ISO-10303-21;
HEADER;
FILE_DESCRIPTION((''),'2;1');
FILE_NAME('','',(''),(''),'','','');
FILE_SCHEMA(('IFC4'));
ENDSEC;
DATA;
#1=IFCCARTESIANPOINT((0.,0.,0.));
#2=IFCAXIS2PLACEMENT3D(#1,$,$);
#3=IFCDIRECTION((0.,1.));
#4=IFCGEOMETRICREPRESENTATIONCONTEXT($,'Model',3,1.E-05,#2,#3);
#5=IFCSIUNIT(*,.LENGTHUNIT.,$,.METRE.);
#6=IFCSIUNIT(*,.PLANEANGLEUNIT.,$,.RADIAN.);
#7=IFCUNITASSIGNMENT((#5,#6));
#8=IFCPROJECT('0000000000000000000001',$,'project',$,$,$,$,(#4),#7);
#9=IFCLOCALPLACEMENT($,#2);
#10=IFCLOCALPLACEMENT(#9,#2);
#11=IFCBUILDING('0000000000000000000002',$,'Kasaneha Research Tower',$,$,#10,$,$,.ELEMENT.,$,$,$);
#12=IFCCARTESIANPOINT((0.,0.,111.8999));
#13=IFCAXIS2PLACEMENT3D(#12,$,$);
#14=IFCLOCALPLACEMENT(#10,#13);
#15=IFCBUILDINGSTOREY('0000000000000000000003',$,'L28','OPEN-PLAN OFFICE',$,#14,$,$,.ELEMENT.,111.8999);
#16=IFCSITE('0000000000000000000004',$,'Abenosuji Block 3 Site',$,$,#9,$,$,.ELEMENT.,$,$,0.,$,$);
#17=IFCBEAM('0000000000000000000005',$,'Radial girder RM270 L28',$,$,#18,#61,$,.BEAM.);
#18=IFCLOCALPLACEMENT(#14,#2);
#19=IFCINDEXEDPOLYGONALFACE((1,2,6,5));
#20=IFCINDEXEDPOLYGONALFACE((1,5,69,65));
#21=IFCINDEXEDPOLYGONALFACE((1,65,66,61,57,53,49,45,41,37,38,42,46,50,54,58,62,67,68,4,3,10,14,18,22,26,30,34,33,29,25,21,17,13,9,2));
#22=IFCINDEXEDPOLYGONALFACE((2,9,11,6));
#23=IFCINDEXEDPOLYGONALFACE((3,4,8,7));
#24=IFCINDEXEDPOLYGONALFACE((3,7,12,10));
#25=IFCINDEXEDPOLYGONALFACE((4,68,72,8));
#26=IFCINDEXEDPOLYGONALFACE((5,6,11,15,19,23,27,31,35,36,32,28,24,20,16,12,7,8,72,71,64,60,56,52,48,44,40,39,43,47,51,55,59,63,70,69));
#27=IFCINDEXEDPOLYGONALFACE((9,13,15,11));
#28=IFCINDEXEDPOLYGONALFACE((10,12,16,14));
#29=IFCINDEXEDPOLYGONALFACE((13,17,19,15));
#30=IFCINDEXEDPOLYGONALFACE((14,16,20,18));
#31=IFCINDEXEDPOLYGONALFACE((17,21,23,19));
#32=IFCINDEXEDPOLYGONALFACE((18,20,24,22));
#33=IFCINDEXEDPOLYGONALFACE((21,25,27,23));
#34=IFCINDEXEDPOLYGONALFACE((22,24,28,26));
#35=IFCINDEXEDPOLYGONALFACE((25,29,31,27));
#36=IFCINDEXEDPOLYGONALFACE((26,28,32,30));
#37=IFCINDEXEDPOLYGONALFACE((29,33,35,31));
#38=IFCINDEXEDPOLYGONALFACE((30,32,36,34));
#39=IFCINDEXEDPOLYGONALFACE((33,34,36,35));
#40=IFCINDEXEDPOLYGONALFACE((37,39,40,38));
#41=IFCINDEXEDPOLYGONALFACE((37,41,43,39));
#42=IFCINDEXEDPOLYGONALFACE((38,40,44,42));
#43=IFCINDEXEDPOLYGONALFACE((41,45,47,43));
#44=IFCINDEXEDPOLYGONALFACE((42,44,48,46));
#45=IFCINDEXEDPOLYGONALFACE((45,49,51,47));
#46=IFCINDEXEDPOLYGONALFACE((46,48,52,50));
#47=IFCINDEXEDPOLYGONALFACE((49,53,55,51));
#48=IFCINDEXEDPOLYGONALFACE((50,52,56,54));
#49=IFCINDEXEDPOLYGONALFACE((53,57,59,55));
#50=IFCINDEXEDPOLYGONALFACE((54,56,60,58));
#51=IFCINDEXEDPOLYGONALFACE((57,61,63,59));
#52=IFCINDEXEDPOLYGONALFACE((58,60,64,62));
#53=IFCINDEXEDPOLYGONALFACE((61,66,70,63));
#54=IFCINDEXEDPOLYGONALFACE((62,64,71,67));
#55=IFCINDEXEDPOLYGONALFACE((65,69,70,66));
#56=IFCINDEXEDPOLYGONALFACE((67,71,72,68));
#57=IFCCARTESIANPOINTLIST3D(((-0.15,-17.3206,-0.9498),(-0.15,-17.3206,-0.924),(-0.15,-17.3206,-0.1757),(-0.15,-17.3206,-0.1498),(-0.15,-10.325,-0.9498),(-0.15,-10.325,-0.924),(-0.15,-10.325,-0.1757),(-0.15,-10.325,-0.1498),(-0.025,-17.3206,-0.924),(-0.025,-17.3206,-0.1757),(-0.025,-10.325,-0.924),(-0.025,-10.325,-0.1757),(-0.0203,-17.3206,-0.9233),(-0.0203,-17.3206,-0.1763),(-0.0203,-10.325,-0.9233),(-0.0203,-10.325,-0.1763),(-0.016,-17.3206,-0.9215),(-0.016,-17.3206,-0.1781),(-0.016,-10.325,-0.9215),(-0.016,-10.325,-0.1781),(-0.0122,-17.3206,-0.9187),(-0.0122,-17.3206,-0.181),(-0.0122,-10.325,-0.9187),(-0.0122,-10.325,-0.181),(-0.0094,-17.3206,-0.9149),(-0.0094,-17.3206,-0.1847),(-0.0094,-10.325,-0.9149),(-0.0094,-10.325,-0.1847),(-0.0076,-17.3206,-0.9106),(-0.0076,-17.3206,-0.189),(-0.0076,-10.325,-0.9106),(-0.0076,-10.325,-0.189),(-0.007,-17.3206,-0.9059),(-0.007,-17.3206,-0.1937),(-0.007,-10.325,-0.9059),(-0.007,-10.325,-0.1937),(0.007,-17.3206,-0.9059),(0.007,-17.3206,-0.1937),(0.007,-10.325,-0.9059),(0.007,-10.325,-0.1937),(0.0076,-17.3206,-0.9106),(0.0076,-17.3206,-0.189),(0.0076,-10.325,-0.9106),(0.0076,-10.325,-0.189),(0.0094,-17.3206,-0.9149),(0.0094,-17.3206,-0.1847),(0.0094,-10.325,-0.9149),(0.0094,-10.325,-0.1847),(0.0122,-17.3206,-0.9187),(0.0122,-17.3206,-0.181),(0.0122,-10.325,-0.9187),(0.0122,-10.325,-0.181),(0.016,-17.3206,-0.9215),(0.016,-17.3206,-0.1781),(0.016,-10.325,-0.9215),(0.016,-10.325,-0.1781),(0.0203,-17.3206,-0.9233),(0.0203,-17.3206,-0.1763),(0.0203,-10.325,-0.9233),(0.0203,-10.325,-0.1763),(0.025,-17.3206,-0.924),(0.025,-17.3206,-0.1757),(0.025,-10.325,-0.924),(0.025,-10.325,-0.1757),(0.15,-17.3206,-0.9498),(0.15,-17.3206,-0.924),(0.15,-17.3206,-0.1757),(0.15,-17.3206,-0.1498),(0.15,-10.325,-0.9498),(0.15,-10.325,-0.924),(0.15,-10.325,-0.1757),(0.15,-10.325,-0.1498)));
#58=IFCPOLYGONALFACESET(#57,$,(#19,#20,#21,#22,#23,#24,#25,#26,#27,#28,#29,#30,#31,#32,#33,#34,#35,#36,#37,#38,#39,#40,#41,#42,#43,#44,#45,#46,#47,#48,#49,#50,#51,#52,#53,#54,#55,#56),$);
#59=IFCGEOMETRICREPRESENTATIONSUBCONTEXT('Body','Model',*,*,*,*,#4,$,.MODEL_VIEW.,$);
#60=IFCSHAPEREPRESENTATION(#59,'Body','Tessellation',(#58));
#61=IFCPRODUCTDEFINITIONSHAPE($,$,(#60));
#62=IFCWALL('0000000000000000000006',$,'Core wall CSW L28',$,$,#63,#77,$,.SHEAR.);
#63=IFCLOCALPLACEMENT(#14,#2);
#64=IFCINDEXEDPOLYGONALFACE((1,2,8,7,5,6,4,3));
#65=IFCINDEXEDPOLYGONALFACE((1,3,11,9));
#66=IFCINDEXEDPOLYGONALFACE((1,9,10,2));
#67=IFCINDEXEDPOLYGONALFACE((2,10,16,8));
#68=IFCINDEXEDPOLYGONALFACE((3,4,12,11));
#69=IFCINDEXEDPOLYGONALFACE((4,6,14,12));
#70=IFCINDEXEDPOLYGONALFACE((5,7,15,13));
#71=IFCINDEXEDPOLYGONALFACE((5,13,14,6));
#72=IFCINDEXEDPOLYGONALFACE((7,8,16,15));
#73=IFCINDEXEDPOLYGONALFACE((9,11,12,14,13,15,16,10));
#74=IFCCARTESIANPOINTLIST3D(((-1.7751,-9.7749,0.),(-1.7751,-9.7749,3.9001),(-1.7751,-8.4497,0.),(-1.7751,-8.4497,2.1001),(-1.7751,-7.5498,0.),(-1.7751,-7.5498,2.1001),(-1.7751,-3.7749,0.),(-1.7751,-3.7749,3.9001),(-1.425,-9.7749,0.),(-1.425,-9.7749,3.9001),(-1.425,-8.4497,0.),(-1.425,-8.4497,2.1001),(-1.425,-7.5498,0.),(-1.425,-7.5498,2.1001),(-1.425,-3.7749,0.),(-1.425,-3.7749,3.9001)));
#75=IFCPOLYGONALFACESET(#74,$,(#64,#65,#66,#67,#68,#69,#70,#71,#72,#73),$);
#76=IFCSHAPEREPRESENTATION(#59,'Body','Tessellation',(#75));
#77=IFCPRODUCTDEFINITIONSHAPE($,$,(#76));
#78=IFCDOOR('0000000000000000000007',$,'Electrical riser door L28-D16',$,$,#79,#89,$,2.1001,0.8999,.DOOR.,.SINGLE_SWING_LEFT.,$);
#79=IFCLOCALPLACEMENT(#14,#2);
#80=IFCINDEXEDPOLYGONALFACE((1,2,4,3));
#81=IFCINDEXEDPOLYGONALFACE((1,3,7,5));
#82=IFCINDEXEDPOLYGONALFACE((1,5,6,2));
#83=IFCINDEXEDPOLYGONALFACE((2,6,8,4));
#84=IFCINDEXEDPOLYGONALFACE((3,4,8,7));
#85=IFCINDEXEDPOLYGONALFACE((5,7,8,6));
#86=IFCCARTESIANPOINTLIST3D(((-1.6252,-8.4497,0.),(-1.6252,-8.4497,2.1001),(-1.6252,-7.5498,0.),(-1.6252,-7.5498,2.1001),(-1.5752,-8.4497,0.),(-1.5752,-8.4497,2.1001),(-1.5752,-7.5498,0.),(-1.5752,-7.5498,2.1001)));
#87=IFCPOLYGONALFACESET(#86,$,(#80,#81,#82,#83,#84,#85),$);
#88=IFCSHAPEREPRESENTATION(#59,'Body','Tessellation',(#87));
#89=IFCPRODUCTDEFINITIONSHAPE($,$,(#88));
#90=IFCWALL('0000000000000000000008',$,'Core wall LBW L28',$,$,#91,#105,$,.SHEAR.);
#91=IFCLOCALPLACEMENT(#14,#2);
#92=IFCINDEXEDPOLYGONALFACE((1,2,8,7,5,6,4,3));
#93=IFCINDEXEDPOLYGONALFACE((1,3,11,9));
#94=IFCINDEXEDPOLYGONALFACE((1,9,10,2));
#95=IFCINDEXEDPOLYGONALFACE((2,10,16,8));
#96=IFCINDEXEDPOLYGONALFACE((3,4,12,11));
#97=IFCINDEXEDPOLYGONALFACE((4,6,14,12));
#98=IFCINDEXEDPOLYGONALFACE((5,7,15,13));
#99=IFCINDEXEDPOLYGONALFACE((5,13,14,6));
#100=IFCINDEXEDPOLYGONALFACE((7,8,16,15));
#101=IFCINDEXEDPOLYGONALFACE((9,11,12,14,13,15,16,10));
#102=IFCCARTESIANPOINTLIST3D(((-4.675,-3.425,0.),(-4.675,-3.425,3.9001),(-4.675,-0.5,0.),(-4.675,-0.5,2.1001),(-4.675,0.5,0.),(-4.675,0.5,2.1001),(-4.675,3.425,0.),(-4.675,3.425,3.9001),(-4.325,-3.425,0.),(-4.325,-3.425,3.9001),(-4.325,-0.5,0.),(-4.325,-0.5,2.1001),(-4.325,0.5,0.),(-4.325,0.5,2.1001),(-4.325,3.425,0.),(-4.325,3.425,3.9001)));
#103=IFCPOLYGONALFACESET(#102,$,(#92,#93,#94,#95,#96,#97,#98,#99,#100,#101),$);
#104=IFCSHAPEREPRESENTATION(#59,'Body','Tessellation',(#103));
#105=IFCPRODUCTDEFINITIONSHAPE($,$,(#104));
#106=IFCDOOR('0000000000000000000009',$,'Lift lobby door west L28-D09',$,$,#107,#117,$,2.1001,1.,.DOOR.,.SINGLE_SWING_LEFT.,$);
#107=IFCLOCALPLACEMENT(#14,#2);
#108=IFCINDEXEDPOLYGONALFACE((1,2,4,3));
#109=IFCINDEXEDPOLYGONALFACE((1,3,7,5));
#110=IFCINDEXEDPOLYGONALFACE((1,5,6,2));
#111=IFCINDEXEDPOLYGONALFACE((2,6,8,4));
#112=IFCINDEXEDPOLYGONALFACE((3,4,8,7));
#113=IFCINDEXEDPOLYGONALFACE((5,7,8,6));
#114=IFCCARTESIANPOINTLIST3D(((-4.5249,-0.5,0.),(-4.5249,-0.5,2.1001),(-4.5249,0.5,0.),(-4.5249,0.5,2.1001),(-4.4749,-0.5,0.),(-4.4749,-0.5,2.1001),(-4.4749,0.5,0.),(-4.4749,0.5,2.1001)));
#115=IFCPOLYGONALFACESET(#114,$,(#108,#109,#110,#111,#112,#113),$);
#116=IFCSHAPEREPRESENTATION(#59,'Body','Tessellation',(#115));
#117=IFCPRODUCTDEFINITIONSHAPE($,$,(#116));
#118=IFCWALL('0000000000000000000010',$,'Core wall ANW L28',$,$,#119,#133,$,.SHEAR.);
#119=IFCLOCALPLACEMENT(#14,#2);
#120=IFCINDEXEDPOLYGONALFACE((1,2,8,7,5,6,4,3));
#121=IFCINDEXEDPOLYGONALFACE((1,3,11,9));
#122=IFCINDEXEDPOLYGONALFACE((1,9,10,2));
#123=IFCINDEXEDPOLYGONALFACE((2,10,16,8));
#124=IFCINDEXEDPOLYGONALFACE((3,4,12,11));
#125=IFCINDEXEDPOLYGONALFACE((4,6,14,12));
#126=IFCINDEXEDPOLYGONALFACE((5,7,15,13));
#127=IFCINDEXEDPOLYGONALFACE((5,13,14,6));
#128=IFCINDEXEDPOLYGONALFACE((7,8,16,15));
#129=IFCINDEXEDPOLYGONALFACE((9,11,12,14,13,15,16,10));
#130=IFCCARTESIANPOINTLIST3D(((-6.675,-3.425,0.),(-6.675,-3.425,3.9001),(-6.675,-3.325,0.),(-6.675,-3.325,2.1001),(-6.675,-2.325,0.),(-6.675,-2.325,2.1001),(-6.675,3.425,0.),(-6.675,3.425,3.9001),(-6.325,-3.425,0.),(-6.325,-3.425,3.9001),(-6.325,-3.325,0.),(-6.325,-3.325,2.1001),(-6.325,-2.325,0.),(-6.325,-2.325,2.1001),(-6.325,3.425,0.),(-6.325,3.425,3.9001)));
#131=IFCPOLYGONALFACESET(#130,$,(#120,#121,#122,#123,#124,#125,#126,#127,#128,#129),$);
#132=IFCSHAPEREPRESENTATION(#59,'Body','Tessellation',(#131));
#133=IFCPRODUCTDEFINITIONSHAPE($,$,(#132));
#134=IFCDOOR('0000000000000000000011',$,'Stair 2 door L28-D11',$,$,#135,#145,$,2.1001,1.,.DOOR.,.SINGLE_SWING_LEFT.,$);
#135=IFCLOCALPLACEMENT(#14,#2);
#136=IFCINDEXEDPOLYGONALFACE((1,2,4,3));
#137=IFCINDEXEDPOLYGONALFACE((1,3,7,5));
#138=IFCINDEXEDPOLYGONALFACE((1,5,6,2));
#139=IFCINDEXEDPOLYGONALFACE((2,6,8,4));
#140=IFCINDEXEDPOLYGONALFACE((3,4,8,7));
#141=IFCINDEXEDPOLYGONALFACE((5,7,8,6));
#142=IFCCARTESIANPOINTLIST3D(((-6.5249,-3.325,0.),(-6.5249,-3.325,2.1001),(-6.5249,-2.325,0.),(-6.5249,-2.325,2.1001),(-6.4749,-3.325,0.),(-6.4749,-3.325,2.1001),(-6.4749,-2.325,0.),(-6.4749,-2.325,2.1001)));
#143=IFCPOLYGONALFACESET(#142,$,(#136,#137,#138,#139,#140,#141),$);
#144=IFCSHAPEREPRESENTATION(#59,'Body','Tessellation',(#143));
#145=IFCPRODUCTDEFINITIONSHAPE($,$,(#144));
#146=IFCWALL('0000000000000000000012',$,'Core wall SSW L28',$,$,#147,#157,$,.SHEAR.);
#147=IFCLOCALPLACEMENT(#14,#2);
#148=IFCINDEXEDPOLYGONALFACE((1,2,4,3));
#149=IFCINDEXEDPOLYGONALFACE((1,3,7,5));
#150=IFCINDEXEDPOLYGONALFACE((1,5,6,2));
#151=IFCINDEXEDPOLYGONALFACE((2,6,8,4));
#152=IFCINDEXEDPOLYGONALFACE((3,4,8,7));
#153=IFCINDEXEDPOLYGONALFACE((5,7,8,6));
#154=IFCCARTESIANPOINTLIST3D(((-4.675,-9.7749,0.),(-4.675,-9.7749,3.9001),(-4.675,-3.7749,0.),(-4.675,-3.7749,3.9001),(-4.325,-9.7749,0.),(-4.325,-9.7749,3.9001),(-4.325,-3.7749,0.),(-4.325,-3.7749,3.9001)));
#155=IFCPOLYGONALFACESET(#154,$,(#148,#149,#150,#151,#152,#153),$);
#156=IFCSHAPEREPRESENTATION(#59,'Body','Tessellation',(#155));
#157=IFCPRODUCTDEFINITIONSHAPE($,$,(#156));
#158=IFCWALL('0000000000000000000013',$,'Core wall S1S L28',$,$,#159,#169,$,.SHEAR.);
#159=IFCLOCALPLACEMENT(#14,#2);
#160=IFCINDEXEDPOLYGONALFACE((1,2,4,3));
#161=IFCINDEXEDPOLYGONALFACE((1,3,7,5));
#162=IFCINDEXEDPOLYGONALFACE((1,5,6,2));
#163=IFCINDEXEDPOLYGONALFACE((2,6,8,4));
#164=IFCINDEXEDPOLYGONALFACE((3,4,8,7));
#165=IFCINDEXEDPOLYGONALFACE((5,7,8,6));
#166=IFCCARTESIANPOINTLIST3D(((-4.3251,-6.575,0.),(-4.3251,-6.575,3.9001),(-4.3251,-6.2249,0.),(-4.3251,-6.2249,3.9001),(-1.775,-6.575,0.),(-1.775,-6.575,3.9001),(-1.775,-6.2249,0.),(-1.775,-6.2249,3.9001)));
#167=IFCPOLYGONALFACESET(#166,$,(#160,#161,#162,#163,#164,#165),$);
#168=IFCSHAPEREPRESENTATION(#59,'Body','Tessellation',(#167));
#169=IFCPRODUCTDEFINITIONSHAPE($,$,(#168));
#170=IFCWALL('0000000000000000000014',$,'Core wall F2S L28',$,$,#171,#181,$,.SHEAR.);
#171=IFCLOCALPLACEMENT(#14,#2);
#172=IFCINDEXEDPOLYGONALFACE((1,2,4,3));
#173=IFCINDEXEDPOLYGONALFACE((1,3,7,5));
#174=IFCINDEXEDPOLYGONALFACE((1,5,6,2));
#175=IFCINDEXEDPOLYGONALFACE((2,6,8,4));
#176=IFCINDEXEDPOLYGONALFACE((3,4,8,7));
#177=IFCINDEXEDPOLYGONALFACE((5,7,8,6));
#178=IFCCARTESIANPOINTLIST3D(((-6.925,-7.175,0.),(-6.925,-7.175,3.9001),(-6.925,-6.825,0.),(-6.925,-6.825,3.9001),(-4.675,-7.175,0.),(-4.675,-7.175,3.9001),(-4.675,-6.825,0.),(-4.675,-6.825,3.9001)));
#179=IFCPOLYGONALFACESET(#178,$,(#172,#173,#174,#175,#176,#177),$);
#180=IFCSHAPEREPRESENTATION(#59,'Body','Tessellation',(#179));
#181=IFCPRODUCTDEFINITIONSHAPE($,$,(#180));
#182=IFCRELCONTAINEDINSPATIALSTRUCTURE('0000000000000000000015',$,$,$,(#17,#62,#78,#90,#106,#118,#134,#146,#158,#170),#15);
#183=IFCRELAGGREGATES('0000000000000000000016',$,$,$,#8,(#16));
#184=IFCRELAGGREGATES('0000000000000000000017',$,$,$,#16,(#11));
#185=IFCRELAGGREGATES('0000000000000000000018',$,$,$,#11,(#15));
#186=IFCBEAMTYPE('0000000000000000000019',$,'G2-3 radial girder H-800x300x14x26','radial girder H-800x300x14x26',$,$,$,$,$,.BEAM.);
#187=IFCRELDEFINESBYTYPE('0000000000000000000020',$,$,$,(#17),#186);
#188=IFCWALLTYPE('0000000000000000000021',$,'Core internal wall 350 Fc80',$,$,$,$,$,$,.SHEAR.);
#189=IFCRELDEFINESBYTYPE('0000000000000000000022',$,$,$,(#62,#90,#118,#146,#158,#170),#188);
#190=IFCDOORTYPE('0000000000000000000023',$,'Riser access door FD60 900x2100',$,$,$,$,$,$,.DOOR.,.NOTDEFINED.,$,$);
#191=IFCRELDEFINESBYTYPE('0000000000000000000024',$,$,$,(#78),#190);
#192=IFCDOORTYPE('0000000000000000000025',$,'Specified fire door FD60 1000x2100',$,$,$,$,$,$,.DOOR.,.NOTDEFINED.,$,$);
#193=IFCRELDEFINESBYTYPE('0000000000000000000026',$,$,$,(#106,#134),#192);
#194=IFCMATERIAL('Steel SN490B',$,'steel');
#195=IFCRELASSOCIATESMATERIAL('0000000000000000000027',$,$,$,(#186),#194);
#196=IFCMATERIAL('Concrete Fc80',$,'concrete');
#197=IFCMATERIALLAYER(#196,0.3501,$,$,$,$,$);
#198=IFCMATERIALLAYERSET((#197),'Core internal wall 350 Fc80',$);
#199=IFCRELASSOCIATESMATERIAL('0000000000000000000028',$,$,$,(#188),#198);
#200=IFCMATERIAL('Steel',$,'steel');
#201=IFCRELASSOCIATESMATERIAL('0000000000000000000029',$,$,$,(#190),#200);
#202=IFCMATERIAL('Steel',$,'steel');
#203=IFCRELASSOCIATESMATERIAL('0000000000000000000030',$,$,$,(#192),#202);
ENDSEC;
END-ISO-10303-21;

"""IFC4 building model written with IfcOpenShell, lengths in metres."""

from ifc_helpers import new_model, si_unit, direction, frame, frame_2d, origin, origin_2d, place, context, subcontext, project, spatial, rectangle, i_section, extrude, material, layer, layer_set, material_profile, profile_set, type_object, element, fill, save


model = new_model("IFC4")

# Units and contexts
model_context = context("Model", 3, precision=1e-05, world=origin(), true_north=direction((0.0, 1.0)))
body_context = subcontext(model_context, "Body", "Model", "MODEL_VIEW")
ifc_project = project(units=[si_unit("LENGTHUNIT", "METRE"), si_unit("PLANEANGLEUNIT", "RADIAN")], contexts=[model_context])

# Site, building, storey
site_placement = place(None, origin())
site = spatial("IfcSite", under=ifc_project, at=site_placement, Name="Abenosuji Block 3 Site", CompositionType="ELEMENT", RefElevation=0.0)
building_placement = place(site_placement, origin())
building = spatial("IfcBuilding", under=site, at=building_placement, Name="Kasaneha Research Tower", CompositionType="ELEMENT")
storey_placement = place(building_placement, frame((0.0, 0.0, 111.8999)))
storey = spatial("IfcBuildingStorey", under=building, at=storey_placement, Name="L28", Description="OPEN-PLAN OFFICE", CompositionType="ELEMENT", Elevation=111.8999)

# Beam
ifc_material_1 = material(Name="Steel SN490B", Category="steel")
ifc_material_profile_1 = material_profile(ifc_material_1, i_section(OverallWidth=0.3, OverallDepth=0.8, WebThickness=0.0139, FlangeThickness=0.0259, FilletRadius=0.0181, at=origin_2d()), Name="H-800x300x14x26")
ifc_profile_set_1 = profile_set([ifc_material_profile_1], Name="Steel SN490B")
beam_type_1 = type_object("IfcBeamType", Name="G2-3 radial girder H-800x300x14x26", Description="radial girder H-800x300x14x26", PredefinedType="BEAM", material=ifc_profile_set_1)
beam_1_placement = place(storey_placement, frame((0.0, -10.325, -0.5498), z_axis=(0.0, -1.0, 0.0), x_axis=(1.0, 0.0, 0.0)))
element("IfcBeam", 1, at=beam_1_placement, inside=storey, type_object=beam_type_1, Name="Radial girder RM270 L28", PredefinedType="BEAM", context=body_context, shape_type="SweptSolid", body=[
    extrude(i_section(OverallWidth=0.3, OverallDepth=0.8, WebThickness=0.0139, FlangeThickness=0.0259, FilletRadius=0.0181, at=origin_2d()), origin(), (0.0, 0.0, 1.0), 6.9956),
])

# Walls, openings, doors
ifc_material_2 = material(Name="Concrete Fc80", Category="concrete")
ifc_layer_1 = layer(ifc_material_2, 0.3501)
ifc_layer_set_1 = layer_set([ifc_layer_1], Name="Core internal wall 350 Fc80")
wall_type_1 = type_object("IfcWallType", Name="Core internal wall 350 Fc80", PredefinedType="SHEAR", material=ifc_layer_set_1)
wall_1_placement = place(storey_placement, frame((-1.6001, -3.7749, 0.0), z_axis=(0.0, 0.0, 1.0), x_axis=(0.0, -1.0, 0.0)))
wall_1 = element("IfcWall", 2, at=wall_1_placement, inside=storey, type_object=wall_type_1, Name="Core wall CSW L28", PredefinedType="SHEAR", context=body_context, shape_type="SweptSolid", body=[
    extrude(rectangle(XDim=6.0, YDim=0.3501, at=frame_2d((3.0, 0.0))), origin(), (0.0, 0.0, 1.0), 3.9001),
])
opening_1_placement = place(wall_1_placement, frame((3.7749, 0.0, 0.0)))
opening_1 = element("IfcOpeningElement", 3, at=opening_1_placement, cuts=wall_1, PredefinedType="OPENING", context=body_context, shape_type="SweptSolid", body=[
    extrude(rectangle(XDim=0.8999, YDim=2.1001, at=frame_2d((0.45, 1.05))), frame((0.0, 0.1851, 0.0), z_axis=(0.0, -1.0, 0.0), x_axis=(1.0, 0.0, 0.0)), (0.0, 0.0, 1.0), 0.3701),
])
ifc_material_3 = material(Name="Steel", Category="steel")
door_type_1 = type_object("IfcDoorType", Name="Riser access door FD60 900x2100", OperationType="NOTDEFINED", PredefinedType="DOOR", material=ifc_material_3)
door_1_placement = place(opening_1_placement, origin())
door_1 = element("IfcDoor", 4, at=door_1_placement, inside=storey, type_object=door_type_1, Name="Electrical riser door L28-D16", OperationType="SINGLE_SWING_LEFT", OverallHeight=2.1001, OverallWidth=0.8999, PredefinedType="DOOR", context=body_context, shape_type="SweptSolid", body=[
    extrude(rectangle(XDim=0.8999, YDim=2.1001, at=frame_2d((0.45, 1.05))), frame((0.0, 0.0249, 0.0), z_axis=(0.0, -1.0, 0.0), x_axis=(1.0, 0.0, 0.0)), (0.0, 0.0, 1.0), 0.05),
])
fill(opening_1, door_1)
wall_2_placement = place(storey_placement, frame((-4.5, -3.425, 0.0), z_axis=(0.0, 0.0, 1.0), x_axis=(0.0, 1.0, 0.0)))
wall_2 = element("IfcWall", 5, at=wall_2_placement, inside=storey, type_object=wall_type_1, Name="Core wall LBW L28", PredefinedType="SHEAR", context=body_context, shape_type="SweptSolid", body=[
    extrude(rectangle(XDim=6.8501, YDim=0.3501, at=frame_2d((3.425, 0.0))), origin(), (0.0, 0.0, 1.0), 3.9001),
])
opening_2_placement = place(wall_2_placement, frame((2.925, 0.0, 0.0)))
opening_2 = element("IfcOpeningElement", 6, at=opening_2_placement, cuts=wall_2, PredefinedType="OPENING", context=body_context, shape_type="SweptSolid", body=[
    extrude(rectangle(XDim=1.0, YDim=2.1001, at=frame_2d((0.5, 1.05))), frame((0.0, 0.1851, 0.0), z_axis=(0.0, -1.0, 0.0), x_axis=(1.0, 0.0, 0.0)), (0.0, 0.0, 1.0), 0.3701),
])
ifc_material_4 = material(Name="Steel", Category="steel")
door_type_2 = type_object("IfcDoorType", Name="Specified fire door FD60 1000x2100", OperationType="NOTDEFINED", PredefinedType="DOOR", material=ifc_material_4)
door_2_placement = place(opening_2_placement, origin())
door_2 = element("IfcDoor", 7, at=door_2_placement, inside=storey, type_object=door_type_2, Name="Lift lobby door west L28-D09", OperationType="SINGLE_SWING_LEFT", OverallHeight=2.1001, OverallWidth=1.0, PredefinedType="DOOR", context=body_context, shape_type="SweptSolid", body=[
    extrude(rectangle(XDim=1.0, YDim=2.1001, at=frame_2d((0.5, 1.05))), frame((0.0, 0.0249, 0.0), z_axis=(0.0, -1.0, 0.0), x_axis=(1.0, 0.0, 0.0)), (0.0, 0.0, 1.0), 0.05),
])
fill(opening_2, door_2)
wall_3_placement = place(storey_placement, frame((-6.5, -3.425, 0.0), z_axis=(0.0, 0.0, 1.0), x_axis=(0.0, 1.0, 0.0)))
wall_3 = element("IfcWall", 8, at=wall_3_placement, inside=storey, type_object=wall_type_1, Name="Core wall ANW L28", PredefinedType="SHEAR", context=body_context, shape_type="SweptSolid", body=[
    extrude(rectangle(XDim=6.8501, YDim=0.3501, at=frame_2d((3.425, 0.0))), origin(), (0.0, 0.0, 1.0), 3.9001),
])
opening_3_placement = place(wall_3_placement, frame((0.1001, 0.0, 0.0)))
opening_3 = element("IfcOpeningElement", 9, at=opening_3_placement, cuts=wall_3, PredefinedType="OPENING", context=body_context, shape_type="SweptSolid", body=[
    extrude(rectangle(XDim=1.0, YDim=2.1001, at=frame_2d((0.5, 1.05))), frame((0.0, 0.1851, 0.0), z_axis=(0.0, -1.0, 0.0), x_axis=(1.0, 0.0, 0.0)), (0.0, 0.0, 1.0), 0.3701),
])
door_3_placement = place(opening_3_placement, origin())
door_3 = element("IfcDoor", 10, at=door_3_placement, inside=storey, type_object=door_type_2, Name="Stair 2 door L28-D11", OperationType="SINGLE_SWING_LEFT", OverallHeight=2.1001, OverallWidth=1.0, PredefinedType="DOOR", context=body_context, shape_type="SweptSolid", body=[
    extrude(rectangle(XDim=1.0, YDim=2.1001, at=frame_2d((0.5, 1.05))), frame((0.0, 0.0249, 0.0), z_axis=(0.0, -1.0, 0.0), x_axis=(1.0, 0.0, 0.0)), (0.0, 0.0, 1.0), 0.05),
])
fill(opening_3, door_3)

# Walls
wall_4_placement = place(storey_placement, frame((-4.5, -3.7749, 0.0), z_axis=(0.0, 0.0, 1.0), x_axis=(0.0, -1.0, 0.0)))
element("IfcWall", 11, at=wall_4_placement, inside=storey, type_object=wall_type_1, Name="Core wall SSW L28", PredefinedType="SHEAR", context=body_context, shape_type="SweptSolid", body=[
    extrude(rectangle(XDim=6.0, YDim=0.3501, at=frame_2d((3.0, 0.0))), origin(), (0.0, 0.0, 1.0), 3.9001),
])
wall_5_placement = place(storey_placement, frame((-4.325, -6.3999, 0.0), z_axis=(0.0, 0.0, 1.0), x_axis=(1.0, 0.0, 0.0)))
element("IfcWall", 12, at=wall_5_placement, inside=storey, type_object=wall_type_1, Name="Core wall S1S L28", PredefinedType="SHEAR", context=body_context, shape_type="SweptSolid", body=[
    extrude(rectangle(XDim=2.55, YDim=0.3501, at=frame_2d((1.2749, 0.0))), origin(), (0.0, 0.0, 1.0), 3.9001),
])
wall_6_placement = place(storey_placement, frame((-6.925, -7.0, 0.0), z_axis=(0.0, 0.0, 1.0), x_axis=(1.0, 0.0, 0.0)))
element("IfcWall", 13, at=wall_6_placement, inside=storey, type_object=wall_type_1, Name="Core wall F2S L28", PredefinedType="SHEAR", context=body_context, shape_type="SweptSolid", body=[
    extrude(rectangle(XDim=2.25, YDim=0.3501, at=frame_2d((1.125, 0.0))), origin(), (0.0, 0.0, 1.0), 3.9001),
])

save(model, "model.ifc")
